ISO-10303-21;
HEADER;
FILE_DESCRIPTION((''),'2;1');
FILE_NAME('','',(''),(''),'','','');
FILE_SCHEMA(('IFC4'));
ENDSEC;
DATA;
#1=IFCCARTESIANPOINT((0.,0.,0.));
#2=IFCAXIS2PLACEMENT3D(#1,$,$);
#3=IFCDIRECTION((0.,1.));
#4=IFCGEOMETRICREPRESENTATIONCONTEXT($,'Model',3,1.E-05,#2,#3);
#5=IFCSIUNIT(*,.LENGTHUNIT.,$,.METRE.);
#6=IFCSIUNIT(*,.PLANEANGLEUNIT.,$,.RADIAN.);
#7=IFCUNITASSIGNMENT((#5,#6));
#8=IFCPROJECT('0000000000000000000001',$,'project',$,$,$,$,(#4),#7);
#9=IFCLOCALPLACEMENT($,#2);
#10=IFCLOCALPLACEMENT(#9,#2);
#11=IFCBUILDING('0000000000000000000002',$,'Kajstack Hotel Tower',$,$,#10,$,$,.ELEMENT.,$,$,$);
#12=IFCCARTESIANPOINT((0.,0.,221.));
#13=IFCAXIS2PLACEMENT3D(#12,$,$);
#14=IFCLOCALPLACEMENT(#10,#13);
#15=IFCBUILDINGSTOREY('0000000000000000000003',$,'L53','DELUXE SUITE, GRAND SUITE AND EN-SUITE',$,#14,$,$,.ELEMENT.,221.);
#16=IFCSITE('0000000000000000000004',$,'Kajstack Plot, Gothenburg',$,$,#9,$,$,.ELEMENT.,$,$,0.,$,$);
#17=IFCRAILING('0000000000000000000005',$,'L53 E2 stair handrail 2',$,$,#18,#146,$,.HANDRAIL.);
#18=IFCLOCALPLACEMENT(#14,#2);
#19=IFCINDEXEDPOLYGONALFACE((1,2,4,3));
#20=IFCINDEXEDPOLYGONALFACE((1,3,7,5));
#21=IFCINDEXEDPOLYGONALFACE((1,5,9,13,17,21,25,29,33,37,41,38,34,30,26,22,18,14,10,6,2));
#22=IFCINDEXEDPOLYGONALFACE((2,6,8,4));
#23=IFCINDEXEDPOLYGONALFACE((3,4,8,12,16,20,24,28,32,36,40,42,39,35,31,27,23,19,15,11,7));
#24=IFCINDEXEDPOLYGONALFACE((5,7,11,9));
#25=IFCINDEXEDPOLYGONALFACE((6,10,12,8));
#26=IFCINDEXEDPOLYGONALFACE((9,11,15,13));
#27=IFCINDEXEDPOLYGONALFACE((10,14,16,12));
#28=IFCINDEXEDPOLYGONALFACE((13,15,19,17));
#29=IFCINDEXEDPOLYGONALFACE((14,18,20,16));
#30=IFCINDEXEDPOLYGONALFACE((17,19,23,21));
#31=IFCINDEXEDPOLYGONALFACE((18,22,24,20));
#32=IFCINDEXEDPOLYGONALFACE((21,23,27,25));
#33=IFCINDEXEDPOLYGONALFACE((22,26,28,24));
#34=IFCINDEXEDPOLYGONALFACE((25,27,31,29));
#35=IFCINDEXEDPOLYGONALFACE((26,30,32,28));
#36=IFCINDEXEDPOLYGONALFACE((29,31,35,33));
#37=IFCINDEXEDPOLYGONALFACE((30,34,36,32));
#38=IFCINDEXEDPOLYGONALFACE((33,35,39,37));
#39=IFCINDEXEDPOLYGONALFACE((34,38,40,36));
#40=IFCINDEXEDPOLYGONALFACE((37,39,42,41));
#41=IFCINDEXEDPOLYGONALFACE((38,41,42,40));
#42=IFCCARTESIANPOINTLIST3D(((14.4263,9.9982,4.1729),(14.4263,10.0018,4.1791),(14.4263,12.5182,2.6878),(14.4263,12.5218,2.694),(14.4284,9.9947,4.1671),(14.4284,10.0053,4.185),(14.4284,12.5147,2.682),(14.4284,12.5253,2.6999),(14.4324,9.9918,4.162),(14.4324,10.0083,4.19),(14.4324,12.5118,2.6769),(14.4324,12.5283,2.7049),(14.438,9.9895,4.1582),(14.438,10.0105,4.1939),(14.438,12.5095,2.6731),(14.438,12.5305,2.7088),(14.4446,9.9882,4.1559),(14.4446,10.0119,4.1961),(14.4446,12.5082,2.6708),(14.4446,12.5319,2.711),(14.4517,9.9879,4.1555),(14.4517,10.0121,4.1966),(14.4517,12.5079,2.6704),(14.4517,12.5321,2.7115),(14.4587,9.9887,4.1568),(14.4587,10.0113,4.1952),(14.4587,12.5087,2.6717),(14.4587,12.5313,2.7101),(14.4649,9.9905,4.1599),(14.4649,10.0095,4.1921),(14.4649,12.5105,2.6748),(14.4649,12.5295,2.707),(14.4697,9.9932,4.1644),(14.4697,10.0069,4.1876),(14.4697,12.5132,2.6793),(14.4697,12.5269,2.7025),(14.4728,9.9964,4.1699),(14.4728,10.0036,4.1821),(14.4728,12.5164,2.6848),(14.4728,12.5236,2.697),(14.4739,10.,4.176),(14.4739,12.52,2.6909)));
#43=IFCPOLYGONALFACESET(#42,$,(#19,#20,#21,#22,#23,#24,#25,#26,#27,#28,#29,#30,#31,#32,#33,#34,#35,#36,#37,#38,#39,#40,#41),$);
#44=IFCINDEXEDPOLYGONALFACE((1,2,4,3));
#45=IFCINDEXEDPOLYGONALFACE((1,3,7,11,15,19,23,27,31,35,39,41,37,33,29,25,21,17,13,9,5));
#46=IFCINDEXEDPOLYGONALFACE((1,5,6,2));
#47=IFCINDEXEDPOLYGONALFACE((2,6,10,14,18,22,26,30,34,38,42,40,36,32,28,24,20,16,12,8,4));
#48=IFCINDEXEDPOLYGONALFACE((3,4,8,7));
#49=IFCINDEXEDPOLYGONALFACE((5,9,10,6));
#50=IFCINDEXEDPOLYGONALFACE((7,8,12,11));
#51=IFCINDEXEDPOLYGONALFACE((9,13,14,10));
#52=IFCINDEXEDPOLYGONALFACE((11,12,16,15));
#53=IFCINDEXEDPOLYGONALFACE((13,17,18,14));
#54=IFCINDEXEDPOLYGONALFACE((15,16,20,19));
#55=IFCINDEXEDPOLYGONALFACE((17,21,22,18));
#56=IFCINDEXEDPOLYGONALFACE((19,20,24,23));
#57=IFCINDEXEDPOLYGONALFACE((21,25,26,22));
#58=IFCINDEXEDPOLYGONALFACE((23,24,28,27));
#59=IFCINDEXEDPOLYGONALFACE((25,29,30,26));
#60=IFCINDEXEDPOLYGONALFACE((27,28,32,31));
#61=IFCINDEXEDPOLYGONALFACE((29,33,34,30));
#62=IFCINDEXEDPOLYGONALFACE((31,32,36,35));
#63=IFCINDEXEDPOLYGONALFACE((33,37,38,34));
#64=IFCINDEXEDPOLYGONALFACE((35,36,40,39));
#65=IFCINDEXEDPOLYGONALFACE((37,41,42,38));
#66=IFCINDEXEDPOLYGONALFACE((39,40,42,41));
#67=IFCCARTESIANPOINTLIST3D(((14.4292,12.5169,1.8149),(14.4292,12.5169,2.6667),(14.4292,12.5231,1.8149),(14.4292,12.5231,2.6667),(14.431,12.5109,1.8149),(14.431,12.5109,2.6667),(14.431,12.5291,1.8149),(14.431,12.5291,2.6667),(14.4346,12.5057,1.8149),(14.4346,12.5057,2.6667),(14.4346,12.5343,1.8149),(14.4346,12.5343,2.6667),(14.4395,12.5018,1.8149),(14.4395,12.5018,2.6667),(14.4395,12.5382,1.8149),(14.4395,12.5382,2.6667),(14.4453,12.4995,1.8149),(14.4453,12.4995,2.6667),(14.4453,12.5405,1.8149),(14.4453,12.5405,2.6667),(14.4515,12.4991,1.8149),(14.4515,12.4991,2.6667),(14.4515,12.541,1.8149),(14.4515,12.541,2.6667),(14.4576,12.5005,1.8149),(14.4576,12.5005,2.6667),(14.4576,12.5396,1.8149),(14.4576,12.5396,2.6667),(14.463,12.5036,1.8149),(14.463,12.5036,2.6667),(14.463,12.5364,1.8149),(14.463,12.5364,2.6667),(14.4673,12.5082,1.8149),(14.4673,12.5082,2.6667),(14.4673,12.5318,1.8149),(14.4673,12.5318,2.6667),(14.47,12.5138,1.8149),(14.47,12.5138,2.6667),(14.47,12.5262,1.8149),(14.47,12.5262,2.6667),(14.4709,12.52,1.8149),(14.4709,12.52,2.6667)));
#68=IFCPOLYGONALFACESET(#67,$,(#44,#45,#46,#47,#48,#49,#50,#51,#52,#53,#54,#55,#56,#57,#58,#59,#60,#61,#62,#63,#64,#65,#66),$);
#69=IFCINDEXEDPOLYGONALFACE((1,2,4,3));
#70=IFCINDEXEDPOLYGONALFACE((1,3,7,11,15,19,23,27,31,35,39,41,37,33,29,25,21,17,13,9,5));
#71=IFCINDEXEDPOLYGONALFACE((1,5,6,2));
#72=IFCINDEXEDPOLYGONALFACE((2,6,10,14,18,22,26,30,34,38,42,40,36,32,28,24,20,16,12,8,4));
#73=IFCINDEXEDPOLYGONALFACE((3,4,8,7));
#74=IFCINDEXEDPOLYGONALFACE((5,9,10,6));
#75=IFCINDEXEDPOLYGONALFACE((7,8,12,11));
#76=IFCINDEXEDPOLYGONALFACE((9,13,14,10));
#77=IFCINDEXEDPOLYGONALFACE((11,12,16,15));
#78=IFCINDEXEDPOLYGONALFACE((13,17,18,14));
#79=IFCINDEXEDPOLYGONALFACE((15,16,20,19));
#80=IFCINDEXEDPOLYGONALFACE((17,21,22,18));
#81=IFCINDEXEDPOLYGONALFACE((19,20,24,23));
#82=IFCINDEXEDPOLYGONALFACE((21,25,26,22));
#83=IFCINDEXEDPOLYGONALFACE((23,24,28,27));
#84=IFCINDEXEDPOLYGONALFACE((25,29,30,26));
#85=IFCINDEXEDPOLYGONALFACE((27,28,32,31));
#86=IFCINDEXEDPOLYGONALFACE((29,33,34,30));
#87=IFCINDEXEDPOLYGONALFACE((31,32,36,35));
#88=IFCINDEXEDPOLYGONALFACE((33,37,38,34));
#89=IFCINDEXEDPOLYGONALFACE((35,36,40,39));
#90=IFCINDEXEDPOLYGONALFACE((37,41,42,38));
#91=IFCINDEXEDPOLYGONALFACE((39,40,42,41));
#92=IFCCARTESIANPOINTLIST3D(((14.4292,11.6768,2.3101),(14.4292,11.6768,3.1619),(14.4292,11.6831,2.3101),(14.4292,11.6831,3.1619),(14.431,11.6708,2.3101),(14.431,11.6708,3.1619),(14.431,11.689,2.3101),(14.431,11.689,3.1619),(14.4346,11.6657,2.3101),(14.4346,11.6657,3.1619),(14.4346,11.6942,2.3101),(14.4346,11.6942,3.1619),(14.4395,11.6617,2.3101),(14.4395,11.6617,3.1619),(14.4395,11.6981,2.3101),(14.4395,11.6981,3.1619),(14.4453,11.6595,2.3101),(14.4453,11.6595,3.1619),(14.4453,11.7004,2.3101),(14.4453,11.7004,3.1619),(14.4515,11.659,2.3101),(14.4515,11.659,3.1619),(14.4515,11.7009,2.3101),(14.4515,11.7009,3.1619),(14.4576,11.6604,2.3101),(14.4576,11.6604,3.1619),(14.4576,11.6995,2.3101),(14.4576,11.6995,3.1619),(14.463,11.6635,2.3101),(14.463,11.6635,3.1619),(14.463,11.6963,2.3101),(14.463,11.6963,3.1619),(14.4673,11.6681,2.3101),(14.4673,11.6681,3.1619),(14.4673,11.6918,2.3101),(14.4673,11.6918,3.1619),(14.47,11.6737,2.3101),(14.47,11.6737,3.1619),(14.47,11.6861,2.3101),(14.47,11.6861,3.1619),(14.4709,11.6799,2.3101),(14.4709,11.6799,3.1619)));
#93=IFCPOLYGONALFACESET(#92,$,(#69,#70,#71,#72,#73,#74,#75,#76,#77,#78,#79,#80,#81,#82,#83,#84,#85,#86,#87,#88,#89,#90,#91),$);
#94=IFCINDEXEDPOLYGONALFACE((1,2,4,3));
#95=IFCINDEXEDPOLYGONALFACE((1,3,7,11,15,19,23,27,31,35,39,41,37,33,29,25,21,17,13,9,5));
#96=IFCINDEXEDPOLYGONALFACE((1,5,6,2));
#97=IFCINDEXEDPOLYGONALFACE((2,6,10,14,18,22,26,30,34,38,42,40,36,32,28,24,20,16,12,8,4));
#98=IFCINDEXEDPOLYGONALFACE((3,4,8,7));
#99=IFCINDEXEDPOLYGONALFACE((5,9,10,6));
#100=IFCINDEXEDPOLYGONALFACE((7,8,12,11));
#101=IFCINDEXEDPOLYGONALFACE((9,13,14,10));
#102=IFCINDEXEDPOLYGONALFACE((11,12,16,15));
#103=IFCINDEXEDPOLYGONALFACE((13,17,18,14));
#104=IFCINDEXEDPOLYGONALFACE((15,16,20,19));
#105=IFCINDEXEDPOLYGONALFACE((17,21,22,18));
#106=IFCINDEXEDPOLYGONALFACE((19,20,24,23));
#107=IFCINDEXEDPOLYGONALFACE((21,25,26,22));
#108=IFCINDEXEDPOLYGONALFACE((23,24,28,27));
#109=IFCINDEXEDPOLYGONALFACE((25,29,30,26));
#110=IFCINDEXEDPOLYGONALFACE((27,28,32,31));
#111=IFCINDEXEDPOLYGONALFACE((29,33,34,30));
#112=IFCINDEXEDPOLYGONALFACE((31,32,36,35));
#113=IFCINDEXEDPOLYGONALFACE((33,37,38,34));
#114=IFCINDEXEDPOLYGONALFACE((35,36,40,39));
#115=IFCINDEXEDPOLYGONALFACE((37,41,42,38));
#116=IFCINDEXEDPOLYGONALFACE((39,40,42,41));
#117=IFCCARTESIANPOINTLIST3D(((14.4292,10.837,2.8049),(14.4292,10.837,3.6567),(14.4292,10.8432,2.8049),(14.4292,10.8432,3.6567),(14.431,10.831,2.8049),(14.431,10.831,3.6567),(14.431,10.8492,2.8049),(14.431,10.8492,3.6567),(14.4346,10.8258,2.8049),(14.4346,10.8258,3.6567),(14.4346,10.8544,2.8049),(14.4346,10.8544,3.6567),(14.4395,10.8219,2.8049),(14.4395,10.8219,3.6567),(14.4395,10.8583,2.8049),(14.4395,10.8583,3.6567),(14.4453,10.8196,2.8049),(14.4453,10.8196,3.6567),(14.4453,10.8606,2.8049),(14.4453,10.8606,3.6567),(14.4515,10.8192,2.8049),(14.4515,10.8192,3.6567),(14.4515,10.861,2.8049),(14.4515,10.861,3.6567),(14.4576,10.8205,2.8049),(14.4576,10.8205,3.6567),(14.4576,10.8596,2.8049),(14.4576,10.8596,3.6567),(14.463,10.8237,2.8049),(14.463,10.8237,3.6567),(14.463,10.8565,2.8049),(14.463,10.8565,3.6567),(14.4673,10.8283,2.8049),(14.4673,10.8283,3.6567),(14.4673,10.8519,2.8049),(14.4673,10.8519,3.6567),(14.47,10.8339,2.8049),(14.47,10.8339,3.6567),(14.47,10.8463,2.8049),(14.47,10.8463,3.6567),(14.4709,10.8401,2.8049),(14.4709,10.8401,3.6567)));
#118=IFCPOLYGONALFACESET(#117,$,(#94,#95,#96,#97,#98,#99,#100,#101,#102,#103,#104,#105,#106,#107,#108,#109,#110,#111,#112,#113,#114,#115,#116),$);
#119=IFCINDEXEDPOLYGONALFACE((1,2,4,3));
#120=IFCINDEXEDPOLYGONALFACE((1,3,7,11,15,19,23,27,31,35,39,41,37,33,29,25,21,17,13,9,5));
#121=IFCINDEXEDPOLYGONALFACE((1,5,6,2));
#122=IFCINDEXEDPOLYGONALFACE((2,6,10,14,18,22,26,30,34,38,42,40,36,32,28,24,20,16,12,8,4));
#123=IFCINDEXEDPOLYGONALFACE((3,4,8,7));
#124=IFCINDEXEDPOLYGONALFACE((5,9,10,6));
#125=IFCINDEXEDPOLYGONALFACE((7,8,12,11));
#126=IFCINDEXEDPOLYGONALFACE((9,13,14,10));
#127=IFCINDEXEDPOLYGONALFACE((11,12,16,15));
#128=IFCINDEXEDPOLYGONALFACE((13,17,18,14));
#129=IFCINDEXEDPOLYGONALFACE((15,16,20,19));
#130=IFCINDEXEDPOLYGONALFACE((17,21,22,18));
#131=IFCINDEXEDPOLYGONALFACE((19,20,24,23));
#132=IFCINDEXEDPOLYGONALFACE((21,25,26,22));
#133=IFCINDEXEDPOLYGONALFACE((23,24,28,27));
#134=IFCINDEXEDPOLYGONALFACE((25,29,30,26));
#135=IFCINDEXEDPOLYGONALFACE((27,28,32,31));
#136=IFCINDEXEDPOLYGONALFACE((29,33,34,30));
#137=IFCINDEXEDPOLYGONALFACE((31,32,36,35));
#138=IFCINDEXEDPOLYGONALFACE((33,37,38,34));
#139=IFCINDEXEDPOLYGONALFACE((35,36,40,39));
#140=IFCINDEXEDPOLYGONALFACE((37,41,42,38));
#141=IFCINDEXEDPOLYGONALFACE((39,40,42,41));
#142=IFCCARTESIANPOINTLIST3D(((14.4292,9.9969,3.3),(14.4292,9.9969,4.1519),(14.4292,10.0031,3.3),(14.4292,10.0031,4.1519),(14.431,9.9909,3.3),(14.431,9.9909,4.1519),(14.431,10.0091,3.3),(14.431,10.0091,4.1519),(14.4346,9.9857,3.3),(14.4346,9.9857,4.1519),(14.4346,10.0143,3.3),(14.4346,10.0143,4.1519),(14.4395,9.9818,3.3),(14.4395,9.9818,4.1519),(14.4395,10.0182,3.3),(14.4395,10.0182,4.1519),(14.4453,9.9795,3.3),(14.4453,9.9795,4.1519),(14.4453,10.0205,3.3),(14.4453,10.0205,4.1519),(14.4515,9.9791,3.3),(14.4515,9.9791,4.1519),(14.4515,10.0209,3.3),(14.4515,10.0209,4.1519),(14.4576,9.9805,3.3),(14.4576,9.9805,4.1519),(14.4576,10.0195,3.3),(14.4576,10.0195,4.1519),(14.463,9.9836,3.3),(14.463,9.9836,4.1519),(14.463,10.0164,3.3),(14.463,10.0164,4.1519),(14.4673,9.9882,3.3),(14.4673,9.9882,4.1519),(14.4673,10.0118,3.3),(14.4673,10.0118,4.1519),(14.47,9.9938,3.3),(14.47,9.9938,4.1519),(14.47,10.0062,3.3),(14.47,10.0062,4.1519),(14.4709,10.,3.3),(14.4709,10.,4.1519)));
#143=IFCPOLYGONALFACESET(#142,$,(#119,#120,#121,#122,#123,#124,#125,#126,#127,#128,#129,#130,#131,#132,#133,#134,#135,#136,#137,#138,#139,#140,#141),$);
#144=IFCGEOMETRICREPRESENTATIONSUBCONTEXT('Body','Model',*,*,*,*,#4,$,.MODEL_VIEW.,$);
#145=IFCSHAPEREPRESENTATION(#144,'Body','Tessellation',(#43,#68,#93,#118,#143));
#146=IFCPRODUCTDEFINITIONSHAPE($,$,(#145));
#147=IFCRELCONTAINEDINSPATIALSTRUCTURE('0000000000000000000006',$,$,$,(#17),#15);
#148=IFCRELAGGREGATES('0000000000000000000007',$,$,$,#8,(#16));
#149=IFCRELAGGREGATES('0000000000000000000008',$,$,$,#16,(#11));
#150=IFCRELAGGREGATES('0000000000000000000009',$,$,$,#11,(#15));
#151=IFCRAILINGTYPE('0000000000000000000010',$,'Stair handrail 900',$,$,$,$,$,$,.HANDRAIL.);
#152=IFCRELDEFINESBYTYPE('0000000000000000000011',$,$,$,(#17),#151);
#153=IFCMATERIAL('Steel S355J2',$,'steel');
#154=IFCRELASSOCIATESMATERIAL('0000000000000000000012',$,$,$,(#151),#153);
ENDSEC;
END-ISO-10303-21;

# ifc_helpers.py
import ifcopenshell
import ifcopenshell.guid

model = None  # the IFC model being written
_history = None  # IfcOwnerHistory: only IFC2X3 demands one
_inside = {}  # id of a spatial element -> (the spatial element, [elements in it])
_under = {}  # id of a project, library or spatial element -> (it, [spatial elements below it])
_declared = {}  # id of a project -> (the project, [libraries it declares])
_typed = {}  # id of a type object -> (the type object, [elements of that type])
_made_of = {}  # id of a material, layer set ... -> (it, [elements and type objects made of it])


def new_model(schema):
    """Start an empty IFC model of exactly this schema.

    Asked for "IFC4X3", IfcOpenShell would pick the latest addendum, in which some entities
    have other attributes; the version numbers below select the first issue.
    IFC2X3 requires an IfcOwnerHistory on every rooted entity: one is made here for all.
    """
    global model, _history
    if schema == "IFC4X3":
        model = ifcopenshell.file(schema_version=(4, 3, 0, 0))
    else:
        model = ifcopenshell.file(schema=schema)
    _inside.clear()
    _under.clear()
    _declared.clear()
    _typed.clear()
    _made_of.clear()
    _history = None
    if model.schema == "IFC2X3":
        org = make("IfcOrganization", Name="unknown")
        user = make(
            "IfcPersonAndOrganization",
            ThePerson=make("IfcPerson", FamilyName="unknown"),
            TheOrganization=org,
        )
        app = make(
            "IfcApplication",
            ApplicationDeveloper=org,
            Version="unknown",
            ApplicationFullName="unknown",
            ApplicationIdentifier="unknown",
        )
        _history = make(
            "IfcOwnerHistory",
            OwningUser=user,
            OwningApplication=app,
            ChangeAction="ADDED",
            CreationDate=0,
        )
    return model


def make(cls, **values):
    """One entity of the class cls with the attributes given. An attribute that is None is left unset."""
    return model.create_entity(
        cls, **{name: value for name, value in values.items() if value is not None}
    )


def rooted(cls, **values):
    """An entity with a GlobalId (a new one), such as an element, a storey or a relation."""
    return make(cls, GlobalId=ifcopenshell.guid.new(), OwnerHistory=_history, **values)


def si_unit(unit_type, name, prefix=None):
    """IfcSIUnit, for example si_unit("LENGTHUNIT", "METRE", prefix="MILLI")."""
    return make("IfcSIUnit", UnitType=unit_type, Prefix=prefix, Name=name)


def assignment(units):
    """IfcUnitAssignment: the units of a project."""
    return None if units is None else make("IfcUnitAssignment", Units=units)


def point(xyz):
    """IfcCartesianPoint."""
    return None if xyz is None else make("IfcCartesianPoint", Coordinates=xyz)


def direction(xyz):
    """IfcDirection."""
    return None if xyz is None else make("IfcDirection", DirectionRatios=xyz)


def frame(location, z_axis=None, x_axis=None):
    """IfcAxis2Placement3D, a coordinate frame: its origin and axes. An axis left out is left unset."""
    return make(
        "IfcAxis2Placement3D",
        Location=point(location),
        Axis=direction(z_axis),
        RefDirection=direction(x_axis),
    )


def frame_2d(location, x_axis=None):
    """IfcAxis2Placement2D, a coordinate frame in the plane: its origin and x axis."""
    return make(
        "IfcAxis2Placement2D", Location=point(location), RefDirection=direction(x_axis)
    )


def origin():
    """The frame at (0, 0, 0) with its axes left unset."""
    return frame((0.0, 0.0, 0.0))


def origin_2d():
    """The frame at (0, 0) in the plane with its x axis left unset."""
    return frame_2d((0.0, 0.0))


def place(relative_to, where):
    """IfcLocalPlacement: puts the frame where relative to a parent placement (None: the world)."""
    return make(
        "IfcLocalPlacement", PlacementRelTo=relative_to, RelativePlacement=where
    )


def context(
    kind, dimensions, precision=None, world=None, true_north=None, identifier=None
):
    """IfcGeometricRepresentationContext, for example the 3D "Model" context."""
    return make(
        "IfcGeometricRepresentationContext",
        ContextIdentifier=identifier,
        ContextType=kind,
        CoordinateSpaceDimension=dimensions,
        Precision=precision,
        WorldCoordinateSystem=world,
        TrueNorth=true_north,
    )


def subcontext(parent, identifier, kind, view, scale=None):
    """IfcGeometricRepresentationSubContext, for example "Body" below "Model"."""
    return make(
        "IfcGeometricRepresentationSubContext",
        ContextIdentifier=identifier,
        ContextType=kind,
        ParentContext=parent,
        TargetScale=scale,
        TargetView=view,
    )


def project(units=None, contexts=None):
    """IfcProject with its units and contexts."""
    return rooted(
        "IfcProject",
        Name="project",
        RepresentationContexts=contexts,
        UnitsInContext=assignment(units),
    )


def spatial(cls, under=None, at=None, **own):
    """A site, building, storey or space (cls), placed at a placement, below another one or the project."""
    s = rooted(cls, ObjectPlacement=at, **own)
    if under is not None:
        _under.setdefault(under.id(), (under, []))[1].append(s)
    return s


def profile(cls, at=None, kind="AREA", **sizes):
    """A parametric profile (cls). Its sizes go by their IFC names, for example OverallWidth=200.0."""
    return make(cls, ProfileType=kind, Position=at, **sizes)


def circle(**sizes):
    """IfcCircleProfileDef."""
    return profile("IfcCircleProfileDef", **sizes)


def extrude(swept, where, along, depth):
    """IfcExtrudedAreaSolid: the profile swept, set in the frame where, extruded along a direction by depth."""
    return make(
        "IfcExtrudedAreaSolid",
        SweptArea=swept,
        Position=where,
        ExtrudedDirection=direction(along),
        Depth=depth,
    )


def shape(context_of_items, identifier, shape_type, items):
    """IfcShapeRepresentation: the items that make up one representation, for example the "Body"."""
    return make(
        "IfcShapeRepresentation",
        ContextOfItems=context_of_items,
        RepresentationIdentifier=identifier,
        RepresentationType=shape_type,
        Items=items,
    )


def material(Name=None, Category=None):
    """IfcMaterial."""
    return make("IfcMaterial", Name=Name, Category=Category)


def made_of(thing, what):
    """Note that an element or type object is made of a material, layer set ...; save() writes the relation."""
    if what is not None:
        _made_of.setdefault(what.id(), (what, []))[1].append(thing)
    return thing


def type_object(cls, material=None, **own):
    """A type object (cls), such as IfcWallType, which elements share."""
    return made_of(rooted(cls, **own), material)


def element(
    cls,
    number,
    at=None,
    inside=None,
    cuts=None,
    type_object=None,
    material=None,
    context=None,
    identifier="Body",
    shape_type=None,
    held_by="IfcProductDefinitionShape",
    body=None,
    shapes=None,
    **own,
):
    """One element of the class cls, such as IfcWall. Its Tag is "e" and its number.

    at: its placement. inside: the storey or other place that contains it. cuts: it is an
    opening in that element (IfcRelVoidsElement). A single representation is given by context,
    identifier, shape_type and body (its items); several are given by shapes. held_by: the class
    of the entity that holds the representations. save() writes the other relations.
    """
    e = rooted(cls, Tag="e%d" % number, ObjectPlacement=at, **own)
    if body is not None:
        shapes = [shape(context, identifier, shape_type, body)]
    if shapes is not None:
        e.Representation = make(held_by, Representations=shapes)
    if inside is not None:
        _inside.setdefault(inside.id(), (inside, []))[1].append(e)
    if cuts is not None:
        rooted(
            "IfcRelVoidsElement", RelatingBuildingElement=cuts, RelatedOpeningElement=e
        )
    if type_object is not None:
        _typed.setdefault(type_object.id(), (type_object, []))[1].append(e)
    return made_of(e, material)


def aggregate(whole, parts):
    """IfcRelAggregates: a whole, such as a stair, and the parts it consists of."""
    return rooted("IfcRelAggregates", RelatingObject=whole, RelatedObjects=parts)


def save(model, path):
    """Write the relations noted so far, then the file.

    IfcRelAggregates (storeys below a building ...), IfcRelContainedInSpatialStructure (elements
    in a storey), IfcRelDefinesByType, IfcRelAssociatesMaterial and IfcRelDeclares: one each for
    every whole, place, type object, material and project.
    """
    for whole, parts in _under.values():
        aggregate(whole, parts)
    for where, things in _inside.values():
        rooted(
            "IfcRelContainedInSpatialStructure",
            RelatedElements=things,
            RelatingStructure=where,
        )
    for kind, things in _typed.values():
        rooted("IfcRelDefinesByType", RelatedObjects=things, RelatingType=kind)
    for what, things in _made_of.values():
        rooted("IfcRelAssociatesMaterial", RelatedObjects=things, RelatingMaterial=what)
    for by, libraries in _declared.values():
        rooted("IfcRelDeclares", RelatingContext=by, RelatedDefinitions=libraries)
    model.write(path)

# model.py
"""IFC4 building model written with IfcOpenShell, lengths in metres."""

from ifc_helpers import new_model, si_unit, direction, frame, origin, origin_2d, place, context, subcontext, project, spatial, circle, extrude, material, type_object, element, save


model = new_model("IFC4")

# Units and contexts
model_context = context("Model", 3, precision=1e-05, world=origin(), true_north=direction((0.0, 1.0)))
body_context = subcontext(model_context, "Body", "Model", "MODEL_VIEW")
ifc_project = project(units=[si_unit("LENGTHUNIT", "METRE"), si_unit("PLANEANGLEUNIT", "RADIAN")], contexts=[model_context])

# Site, building, storey
site_placement = place(None, origin())
site = spatial("IfcSite", under=ifc_project, at=site_placement, Name="Kajstack Plot, Gothenburg", CompositionType="ELEMENT", RefElevation=0.0)
building_placement = place(site_placement, origin())
building = spatial("IfcBuilding", under=site, at=building_placement, Name="Kajstack Hotel Tower", CompositionType="ELEMENT")
storey_placement = place(building_placement, frame((0.0, 0.0, 221.0)))
storey = spatial("IfcBuildingStorey", under=building, at=storey_placement, Name="L53", Description="DELUXE SUITE, GRAND SUITE AND EN-SUITE", CompositionType="ELEMENT", Elevation=221.0)

# Railing
ifc_material_1 = material(Name="Steel S355J2", Category="steel")
railing_type_1 = type_object("IfcRailingType", Name="Stair handrail 900", PredefinedType="HANDRAIL", material=ifc_material_1)
railing_1_placement = place(storey_placement, frame((14.45, 12.52, 1.8149)))
element("IfcRailing", 1, at=railing_1_placement, inside=storey, type_object=railing_type_1, Name="L53 E2 stair handrail 2", PredefinedType="HANDRAIL", context=body_context, shape_type="SweptSolid", body=[
    extrude(circle(Radius=0.0239, at=origin_2d()), frame((0.0, 0.0, 0.876), z_axis=(0.0, -0.861524, 0.507717), x_axis=(1.0, 0.0, 0.0)), (0.0, 0.0, 1.0), 2.925),
    extrude(circle(Radius=0.021, at=origin_2d()), origin(), (0.0, 0.0, 1.0), 0.8518),
    extrude(circle(Radius=0.021, at=origin_2d()), frame((0.0, -0.8401, 0.4951)), (0.0, 0.0, 1.0), 0.8518),
    extrude(circle(Radius=0.021, at=origin_2d()), frame((0.0, -1.6799, 0.99)), (0.0, 0.0, 1.0), 0.8518),
    extrude(circle(Radius=0.021, at=origin_2d()), frame((0.0, -2.52, 1.4851)), (0.0, 0.0, 1.0), 0.8518),
])

save(model, "model.ifc")
